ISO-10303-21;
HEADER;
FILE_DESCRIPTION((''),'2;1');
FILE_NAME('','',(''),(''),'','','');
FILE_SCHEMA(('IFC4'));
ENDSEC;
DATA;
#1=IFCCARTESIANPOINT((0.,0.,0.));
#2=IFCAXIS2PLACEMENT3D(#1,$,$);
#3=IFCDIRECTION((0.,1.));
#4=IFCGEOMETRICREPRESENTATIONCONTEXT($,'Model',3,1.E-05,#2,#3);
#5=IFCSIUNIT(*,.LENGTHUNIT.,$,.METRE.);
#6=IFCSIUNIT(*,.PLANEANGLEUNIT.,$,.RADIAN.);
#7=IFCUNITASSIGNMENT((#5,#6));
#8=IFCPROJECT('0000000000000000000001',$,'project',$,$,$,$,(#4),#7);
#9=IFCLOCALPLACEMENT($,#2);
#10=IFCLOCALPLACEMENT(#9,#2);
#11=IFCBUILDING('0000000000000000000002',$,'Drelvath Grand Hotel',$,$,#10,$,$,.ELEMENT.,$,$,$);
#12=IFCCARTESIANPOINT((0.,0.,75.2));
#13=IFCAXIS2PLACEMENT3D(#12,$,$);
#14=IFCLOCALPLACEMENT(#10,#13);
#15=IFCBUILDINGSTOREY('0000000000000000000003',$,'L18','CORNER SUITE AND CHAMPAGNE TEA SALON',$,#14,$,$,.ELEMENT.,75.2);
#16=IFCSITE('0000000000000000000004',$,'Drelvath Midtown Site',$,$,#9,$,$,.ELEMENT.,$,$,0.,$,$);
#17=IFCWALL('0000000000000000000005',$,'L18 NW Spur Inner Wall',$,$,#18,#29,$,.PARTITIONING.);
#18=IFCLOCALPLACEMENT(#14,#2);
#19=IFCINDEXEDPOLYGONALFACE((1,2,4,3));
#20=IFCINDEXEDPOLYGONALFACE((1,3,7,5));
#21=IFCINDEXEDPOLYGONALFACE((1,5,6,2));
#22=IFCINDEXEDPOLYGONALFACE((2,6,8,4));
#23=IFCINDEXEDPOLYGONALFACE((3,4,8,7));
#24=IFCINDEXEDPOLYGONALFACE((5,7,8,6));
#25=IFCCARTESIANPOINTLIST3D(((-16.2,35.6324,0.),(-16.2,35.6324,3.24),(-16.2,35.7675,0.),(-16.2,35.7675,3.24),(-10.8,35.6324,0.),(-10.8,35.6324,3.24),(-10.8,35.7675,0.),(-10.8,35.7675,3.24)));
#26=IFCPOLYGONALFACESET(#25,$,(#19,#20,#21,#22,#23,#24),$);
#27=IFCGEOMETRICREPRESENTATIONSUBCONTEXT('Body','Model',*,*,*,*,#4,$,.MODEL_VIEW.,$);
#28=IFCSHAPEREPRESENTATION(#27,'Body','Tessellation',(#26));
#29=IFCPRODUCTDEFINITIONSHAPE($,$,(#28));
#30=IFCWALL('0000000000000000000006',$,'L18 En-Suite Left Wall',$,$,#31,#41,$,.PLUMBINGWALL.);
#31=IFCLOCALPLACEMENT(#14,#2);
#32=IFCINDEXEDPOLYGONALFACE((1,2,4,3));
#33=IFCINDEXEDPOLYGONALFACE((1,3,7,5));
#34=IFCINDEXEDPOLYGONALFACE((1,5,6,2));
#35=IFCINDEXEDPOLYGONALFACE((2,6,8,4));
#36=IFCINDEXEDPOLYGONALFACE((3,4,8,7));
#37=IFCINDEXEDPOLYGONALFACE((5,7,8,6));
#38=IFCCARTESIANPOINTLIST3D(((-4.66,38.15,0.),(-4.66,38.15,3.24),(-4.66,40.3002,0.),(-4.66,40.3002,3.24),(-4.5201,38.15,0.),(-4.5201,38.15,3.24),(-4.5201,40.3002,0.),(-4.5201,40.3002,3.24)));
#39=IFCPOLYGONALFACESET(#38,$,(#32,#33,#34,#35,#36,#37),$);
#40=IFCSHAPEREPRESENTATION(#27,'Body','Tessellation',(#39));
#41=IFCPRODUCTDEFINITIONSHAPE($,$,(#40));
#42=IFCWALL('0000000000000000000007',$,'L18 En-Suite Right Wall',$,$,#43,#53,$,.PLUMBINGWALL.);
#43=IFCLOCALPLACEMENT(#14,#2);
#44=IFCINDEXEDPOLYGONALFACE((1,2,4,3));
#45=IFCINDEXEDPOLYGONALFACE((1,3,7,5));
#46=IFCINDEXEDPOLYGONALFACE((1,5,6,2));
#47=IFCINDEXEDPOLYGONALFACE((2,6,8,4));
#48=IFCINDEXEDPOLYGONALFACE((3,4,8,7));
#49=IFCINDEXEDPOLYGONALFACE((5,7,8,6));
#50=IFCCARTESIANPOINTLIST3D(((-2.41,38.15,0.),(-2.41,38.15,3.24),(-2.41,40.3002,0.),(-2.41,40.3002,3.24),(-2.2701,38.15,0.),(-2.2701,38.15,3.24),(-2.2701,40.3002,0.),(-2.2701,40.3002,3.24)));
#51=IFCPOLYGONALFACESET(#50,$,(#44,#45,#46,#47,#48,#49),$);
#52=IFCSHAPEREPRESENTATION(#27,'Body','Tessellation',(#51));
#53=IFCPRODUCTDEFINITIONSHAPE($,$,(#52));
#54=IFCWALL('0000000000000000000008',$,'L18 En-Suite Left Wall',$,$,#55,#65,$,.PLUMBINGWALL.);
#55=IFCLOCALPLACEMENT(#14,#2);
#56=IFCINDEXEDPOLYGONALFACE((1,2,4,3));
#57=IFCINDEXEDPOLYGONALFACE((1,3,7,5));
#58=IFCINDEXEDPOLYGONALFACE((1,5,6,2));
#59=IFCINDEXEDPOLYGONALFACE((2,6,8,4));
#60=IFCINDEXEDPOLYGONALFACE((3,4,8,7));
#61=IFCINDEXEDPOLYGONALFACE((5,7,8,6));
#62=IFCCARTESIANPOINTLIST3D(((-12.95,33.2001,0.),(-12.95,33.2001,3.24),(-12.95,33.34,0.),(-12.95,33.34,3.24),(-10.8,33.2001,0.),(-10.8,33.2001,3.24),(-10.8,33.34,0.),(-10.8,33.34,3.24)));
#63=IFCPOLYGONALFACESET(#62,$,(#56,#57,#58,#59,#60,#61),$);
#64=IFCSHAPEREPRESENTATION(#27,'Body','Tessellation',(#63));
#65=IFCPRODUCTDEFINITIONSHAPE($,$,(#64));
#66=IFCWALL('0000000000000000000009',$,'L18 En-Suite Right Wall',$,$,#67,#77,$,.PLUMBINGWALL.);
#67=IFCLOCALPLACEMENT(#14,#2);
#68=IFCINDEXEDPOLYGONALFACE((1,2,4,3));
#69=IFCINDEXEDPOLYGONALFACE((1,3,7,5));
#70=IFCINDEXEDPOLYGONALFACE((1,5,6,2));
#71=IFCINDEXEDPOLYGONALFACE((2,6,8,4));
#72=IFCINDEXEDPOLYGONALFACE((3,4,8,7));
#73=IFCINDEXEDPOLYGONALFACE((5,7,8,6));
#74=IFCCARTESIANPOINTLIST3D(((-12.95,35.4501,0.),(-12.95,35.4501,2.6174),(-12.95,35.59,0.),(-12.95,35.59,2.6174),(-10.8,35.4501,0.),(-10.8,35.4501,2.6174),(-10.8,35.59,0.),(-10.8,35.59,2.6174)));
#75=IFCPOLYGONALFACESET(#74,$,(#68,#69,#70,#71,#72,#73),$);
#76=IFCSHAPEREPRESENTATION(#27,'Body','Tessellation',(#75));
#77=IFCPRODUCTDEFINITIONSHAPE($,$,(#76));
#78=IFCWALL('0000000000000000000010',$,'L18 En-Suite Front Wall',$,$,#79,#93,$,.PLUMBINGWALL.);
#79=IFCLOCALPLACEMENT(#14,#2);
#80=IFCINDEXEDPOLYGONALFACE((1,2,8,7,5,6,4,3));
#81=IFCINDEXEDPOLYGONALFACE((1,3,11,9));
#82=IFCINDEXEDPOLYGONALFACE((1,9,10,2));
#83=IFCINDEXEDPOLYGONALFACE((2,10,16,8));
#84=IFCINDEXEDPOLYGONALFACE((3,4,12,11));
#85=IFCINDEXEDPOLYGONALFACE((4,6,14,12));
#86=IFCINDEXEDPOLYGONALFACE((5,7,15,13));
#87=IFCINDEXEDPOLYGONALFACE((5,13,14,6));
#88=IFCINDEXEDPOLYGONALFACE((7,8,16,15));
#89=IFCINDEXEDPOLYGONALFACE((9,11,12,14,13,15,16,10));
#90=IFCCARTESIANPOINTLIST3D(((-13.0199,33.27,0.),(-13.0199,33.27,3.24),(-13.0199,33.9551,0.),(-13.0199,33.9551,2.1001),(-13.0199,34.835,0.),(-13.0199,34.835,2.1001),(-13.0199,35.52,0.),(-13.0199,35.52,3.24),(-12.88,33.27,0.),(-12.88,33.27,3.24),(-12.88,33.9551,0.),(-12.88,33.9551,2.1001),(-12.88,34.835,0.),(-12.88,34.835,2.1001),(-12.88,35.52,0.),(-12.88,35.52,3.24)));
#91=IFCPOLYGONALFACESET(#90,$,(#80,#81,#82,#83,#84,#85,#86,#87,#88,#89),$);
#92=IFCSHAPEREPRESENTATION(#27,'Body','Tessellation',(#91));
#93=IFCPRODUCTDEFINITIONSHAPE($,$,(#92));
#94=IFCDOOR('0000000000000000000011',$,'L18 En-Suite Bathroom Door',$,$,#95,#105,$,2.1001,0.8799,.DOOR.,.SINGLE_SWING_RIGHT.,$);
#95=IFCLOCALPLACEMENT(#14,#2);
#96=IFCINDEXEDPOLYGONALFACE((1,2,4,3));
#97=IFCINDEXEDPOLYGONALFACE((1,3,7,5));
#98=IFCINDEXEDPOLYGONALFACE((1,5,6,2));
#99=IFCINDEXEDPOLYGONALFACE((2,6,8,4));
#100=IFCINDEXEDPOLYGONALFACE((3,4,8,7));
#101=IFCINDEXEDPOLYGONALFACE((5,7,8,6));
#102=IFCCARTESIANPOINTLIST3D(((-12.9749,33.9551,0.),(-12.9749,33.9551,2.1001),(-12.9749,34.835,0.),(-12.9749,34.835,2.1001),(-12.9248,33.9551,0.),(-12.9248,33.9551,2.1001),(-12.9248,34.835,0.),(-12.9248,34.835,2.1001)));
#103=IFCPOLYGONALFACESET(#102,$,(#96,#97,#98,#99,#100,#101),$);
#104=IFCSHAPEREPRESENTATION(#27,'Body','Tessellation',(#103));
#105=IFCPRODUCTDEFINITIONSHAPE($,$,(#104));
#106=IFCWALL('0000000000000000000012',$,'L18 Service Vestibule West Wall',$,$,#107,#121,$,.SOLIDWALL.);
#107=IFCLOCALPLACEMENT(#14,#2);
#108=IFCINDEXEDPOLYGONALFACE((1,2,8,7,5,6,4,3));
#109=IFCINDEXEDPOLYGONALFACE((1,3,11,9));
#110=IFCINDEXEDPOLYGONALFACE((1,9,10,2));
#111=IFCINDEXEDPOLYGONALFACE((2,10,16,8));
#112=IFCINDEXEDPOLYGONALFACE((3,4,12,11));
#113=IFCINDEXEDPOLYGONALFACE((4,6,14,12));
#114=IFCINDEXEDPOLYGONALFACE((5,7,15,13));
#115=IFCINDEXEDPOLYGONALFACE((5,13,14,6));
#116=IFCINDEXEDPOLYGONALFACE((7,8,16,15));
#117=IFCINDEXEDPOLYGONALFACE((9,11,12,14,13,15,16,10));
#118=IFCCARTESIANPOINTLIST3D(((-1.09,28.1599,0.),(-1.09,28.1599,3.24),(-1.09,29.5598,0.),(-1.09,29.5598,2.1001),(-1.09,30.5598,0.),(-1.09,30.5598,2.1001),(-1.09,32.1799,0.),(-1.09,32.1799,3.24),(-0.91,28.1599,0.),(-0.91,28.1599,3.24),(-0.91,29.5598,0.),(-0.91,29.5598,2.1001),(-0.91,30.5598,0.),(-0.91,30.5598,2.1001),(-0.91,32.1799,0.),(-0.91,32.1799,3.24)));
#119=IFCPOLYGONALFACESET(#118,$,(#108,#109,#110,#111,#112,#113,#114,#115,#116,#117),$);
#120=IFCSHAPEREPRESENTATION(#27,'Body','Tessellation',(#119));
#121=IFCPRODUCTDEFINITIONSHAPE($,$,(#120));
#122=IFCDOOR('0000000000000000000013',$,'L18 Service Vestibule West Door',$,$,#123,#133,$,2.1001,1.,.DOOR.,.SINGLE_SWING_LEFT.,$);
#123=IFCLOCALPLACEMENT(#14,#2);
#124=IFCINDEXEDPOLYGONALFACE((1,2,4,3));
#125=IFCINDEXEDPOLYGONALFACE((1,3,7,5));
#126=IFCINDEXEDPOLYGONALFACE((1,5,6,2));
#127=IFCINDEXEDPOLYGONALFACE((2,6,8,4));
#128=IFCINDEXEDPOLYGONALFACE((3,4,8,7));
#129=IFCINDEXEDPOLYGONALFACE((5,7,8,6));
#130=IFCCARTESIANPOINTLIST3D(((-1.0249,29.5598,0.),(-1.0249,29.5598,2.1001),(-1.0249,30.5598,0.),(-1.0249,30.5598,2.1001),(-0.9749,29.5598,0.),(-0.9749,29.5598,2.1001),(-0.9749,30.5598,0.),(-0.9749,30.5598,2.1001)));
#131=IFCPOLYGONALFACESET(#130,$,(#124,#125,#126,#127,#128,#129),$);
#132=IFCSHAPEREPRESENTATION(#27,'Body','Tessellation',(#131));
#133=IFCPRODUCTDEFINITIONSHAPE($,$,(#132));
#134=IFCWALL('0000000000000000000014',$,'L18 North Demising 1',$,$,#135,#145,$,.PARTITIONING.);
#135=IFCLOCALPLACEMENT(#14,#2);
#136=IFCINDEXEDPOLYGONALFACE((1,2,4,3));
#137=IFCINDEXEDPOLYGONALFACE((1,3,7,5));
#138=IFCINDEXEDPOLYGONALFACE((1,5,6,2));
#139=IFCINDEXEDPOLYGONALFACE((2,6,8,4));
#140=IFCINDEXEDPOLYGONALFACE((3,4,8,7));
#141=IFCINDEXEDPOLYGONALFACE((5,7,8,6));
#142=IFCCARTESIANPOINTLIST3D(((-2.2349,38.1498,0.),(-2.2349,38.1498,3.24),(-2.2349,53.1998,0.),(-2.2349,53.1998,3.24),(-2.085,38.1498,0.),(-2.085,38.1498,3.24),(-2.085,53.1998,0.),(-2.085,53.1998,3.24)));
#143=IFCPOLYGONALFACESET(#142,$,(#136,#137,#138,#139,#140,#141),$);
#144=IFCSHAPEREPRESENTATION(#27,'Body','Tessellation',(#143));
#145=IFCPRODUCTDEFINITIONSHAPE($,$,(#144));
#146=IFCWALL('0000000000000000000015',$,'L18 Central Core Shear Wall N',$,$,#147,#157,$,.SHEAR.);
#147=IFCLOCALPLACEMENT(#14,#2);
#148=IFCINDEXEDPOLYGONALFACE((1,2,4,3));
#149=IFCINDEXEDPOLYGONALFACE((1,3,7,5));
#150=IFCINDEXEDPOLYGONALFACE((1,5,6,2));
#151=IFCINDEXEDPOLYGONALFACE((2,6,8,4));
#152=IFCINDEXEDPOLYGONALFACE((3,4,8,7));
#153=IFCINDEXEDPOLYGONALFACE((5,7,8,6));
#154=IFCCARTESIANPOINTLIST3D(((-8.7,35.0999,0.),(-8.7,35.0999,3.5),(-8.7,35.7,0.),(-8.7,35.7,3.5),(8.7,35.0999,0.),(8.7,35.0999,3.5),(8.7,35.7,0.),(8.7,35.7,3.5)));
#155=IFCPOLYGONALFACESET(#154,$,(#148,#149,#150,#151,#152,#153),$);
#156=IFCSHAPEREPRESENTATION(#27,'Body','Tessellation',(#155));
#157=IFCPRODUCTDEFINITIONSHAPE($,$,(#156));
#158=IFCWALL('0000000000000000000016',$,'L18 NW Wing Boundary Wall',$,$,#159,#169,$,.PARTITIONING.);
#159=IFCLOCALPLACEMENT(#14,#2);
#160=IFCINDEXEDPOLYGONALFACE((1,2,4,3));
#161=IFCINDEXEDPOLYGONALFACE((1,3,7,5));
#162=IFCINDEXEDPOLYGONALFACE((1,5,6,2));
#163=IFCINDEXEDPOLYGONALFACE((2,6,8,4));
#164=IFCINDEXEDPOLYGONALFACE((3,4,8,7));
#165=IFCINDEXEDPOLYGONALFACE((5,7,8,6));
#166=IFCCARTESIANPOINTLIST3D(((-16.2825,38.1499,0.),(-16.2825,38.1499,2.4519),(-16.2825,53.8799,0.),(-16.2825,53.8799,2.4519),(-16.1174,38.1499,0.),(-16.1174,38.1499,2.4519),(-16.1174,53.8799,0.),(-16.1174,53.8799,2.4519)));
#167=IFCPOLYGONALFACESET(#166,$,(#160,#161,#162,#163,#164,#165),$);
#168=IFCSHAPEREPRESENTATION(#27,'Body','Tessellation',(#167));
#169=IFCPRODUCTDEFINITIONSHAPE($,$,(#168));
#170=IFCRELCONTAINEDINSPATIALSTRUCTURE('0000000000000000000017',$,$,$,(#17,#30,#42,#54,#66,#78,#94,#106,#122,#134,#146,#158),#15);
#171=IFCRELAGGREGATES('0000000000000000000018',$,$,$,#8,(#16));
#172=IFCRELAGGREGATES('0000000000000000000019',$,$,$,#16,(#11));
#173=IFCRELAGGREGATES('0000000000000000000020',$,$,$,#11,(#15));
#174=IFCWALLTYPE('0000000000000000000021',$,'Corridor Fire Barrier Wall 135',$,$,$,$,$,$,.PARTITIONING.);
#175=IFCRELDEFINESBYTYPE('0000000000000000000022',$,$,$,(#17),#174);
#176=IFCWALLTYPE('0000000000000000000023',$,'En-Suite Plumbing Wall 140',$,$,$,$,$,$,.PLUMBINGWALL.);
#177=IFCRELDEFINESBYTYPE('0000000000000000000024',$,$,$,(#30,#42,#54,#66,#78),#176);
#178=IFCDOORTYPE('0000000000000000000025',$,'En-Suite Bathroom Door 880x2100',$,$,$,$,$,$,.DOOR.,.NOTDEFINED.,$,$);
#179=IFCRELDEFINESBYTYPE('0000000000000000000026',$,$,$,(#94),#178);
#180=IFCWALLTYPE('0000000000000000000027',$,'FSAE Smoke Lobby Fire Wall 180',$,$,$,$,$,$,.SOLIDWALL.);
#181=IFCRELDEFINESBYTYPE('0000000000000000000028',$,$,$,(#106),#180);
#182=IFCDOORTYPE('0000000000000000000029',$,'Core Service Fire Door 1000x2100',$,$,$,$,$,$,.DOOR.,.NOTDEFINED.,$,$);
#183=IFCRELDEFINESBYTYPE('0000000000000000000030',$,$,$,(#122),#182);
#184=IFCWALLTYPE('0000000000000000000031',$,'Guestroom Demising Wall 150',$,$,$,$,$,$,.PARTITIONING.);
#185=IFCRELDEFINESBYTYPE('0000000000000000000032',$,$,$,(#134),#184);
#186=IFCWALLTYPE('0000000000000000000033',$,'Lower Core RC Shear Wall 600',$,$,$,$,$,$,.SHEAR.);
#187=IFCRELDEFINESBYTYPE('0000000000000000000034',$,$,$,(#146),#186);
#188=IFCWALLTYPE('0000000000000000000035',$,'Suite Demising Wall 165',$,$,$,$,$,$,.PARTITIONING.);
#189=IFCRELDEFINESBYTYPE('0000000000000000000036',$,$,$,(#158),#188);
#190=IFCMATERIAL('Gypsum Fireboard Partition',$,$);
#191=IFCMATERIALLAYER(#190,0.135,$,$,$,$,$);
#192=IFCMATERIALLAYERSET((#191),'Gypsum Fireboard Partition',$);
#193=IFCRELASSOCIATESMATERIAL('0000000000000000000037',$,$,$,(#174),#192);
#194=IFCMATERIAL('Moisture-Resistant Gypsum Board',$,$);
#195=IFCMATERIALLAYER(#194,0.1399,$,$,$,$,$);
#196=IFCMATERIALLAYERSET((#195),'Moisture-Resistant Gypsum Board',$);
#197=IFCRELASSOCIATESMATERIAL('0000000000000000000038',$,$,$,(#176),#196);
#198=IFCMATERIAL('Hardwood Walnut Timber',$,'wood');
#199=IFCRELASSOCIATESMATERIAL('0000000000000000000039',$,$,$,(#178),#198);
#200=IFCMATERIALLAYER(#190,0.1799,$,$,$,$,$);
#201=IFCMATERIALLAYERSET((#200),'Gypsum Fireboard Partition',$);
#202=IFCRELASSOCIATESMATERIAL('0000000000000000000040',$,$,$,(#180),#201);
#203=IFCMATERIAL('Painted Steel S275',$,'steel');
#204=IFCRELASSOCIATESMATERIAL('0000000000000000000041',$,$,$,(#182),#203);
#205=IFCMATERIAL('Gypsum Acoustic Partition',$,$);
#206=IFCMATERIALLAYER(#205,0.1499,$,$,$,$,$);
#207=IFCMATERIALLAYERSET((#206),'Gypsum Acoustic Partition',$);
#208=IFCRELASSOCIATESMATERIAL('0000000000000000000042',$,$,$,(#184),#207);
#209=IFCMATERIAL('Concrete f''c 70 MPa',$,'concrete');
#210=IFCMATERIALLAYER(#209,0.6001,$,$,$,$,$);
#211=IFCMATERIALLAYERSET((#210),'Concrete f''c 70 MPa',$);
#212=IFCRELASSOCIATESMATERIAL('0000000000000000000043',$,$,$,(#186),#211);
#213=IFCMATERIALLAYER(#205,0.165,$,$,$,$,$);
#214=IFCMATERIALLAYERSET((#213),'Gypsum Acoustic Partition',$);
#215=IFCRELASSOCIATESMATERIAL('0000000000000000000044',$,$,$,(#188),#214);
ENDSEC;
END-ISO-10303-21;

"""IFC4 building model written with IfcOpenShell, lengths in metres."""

from ifc_helpers import new_model, si_unit, direction, frame, frame_2d, origin, place, context, subcontext, project, spatial, rectangle, extrude, material, layer, layer_set, type_object, element, fill, save


model = new_model("IFC4")

# Units and contexts
model_context = context("Model", 3, precision=1e-05, world=origin(), true_north=direction((0.0, 1.0)))
body_context = subcontext(model_context, "Body", "Model", "MODEL_VIEW")
ifc_project = project(units=[si_unit("LENGTHUNIT", "METRE"), si_unit("PLANEANGLEUNIT", "RADIAN")], contexts=[model_context])

# Site, building, storey
site_placement = place(None, origin())
site = spatial("IfcSite", under=ifc_project, at=site_placement, Name="Drelvath Midtown Site", CompositionType="ELEMENT", RefElevation=0.0)
building_placement = place(site_placement, origin())
building = spatial("IfcBuilding", under=site, at=building_placement, Name="Drelvath Grand Hotel", CompositionType="ELEMENT")
storey_placement = place(building_placement, frame((0.0, 0.0, 75.2)))
storey = spatial("IfcBuildingStorey", under=building, at=storey_placement, Name="L18", Description="CORNER SUITE AND CHAMPAGNE TEA SALON", CompositionType="ELEMENT", Elevation=75.2)

# Shared definitions
ifc_material_1 = material(Name="Concrete f'c 70 MPa", Category="concrete")

# Shared definitions
ifc_material_2 = material(Name="Gypsum Fireboard Partition")

# Shared definitions
ifc_layer_1 = layer(ifc_material_2, 0.135)
ifc_layer_set_1 = layer_set([ifc_layer_1], Name="Gypsum Fireboard Partition")
wall_type_1 = type_object("IfcWallType", Name="Corridor Fire Barrier Wall 135", PredefinedType="PARTITIONING", material=ifc_layer_set_1)
ifc_material_3 = material(Name="Hardwood Walnut Timber", Category="wood")

# Wall
wall_1_placement = place(storey_placement, frame((-16.2, 35.7, 0.0), z_axis=(0.0, 0.0, 1.0), x_axis=(1.0, 0.0, 0.0)))
element("IfcWall", 1, at=wall_1_placement, inside=storey, type_object=wall_type_1, Name="L18 NW Spur Inner Wall", PredefinedType="PARTITIONING", context=body_context, shape_type="SweptSolid", body=[
    extrude(rectangle(XDim=5.3999, YDim=0.135, at=frame_2d((2.7, 0.0))), origin(), (0.0, 0.0, 1.0), 3.24),
])

# Walls
ifc_material_4 = material(Name="Moisture-Resistant Gypsum Board")
ifc_layer_2 = layer(ifc_material_4, 0.1399)
ifc_layer_set_2 = layer_set([ifc_layer_2], Name="Moisture-Resistant Gypsum Board")
wall_type_2 = type_object("IfcWallType", Name="En-Suite Plumbing Wall 140", PredefinedType="PLUMBINGWALL", material=ifc_layer_set_2)
for number, where, z_axis, x_axis, name in (
    (2, (-4.5901, 38.1499, 0.0), (0.0, 0.0, 1.0), (0.0, 1.0, 0.0), "L18 En-Suite Left Wall"),
    (3, (-2.3401, 38.1499, 0.0), (0.0, 0.0, 1.0), (0.0, 1.0, 0.0), "L18 En-Suite Right Wall"),
):
    element("IfcWall", number, at=place(storey_placement, frame(where, z_axis=z_axis, x_axis=x_axis)), inside=storey, type_object=wall_type_2, Name=name, PredefinedType="PLUMBINGWALL", context=body_context, shape_type="SweptSolid", body=[
        extrude(rectangle(XDim=2.1501, YDim=0.1399, at=frame_2d((1.0752, 0.0))), origin(), (0.0, 0.0, 1.0), 3.24),
    ])
wall_2_placement = place(storey_placement, frame((-10.8, 33.27, 0.0), z_axis=(0.0, 0.0, 1.0), x_axis=(-1.0, 0.0, 0.0)))
element("IfcWall", 4, at=wall_2_placement, inside=storey, type_object=wall_type_2, Name="L18 En-Suite Left Wall", PredefinedType="PLUMBINGWALL", context=body_context, shape_type="SweptSolid", body=[
    extrude(rectangle(XDim=2.1499, YDim=0.1399, at=frame_2d((1.075, 0.0))), origin(), (0.0, 0.0, 1.0), 3.24),
])
wall_3_placement = place(storey_placement, frame((-10.8, 35.52, 0.0), z_axis=(0.0, 0.0, 1.0), x_axis=(-1.0, 0.0, 0.0)))
element("IfcWall", 5, at=wall_3_placement, inside=storey, type_object=wall_type_2, Name="L18 En-Suite Right Wall", PredefinedType="PLUMBINGWALL", context=body_context, shape_type="SweptSolid", body=[
    extrude(rectangle(XDim=2.1499, YDim=0.1399, at=frame_2d((1.075, 0.0))), origin(), (0.0, 0.0, 1.0), 2.6174),
])

# Walls, openings, doors
wall_4_placement = place(storey_placement, frame((-12.95, 33.27, 0.0), z_axis=(0.0, 0.0, 1.0), x_axis=(0.0, 1.0, 0.0)))
wall_4 = element("IfcWall", 6, at=wall_4_placement, inside=storey, type_object=wall_type_2, Name="L18 En-Suite Front Wall", PredefinedType="PLUMBINGWALL", context=body_context, shape_type="SweptSolid", body=[
    extrude(rectangle(XDim=2.25, YDim=0.1399, at=frame_2d((1.125, 0.0))), origin(), (0.0, 0.0, 1.0), 3.24),
])
opening_1_placement = place(wall_4_placement, frame((0.6851, 0.0, 0.0)))
opening_1 = element("IfcOpeningElement", 7, at=opening_1_placement, cuts=wall_4, PredefinedType="OPENING", context=body_context, shape_type="SweptSolid", body=[
    extrude(rectangle(XDim=0.8799, YDim=2.1001, at=frame_2d((0.4399, 1.05))), frame((0.0, 0.0798, 0.0), z_axis=(0.0, -1.0, 0.0), x_axis=(1.0, 0.0, 0.0)), (0.0, 0.0, 1.0), 0.1599),
])
door_type_1 = type_object("IfcDoorType", Name="En-Suite Bathroom Door 880x2100", OperationType="NOTDEFINED", PredefinedType="DOOR", material=ifc_material_3)
door_1_placement = place(opening_1_placement, origin())
door_1 = element("IfcDoor", 8, at=door_1_placement, inside=storey, type_object=door_type_1, Name="L18 En-Suite Bathroom Door", OperationType="SINGLE_SWING_RIGHT", OverallHeight=2.1001, OverallWidth=0.8799, PredefinedType="DOOR", context=body_context, shape_type="SweptSolid", body=[
    extrude(rectangle(XDim=0.8799, YDim=2.1001, at=frame_2d((0.4399, 1.05))), frame((0.0, 0.0249, 0.0), z_axis=(0.0, -1.0, 0.0), x_axis=(1.0, 0.0, 0.0)), (0.0, 0.0, 1.0), 0.05),
])
fill(opening_1, door_1)
ifc_layer_3 = layer(ifc_material_2, 0.1799)
ifc_layer_set_3 = layer_set([ifc_layer_3], Name="Gypsum Fireboard Partition")
wall_type_3 = type_object("IfcWallType", Name="FSAE Smoke Lobby Fire Wall 180", PredefinedType="SOLIDWALL", material=ifc_layer_set_3)
wall_5_placement = place(storey_placement, frame((-1.0, 28.1599, 0.0), z_axis=(0.0, 0.0, 1.0), x_axis=(0.0, 1.0, 0.0)))
wall_5 = element("IfcWall", 9, at=wall_5_placement, inside=storey, type_object=wall_type_3, Name="L18 Service Vestibule West Wall", PredefinedType="SOLIDWALL", context=body_context, shape_type="SweptSolid", body=[
    extrude(rectangle(XDim=4.02, YDim=0.1799, at=frame_2d((2.01, 0.0))), origin(), (0.0, 0.0, 1.0), 3.24),
])
opening_2_placement = place(wall_5_placement, frame((1.3999, 0.0, 0.0)))
opening_2 = element("IfcOpeningElement", 10, at=opening_2_placement, cuts=wall_5, PredefinedType="OPENING", context=body_context, shape_type="SweptSolid", body=[
    extrude(rectangle(XDim=1.0, YDim=2.1001, at=frame_2d((0.5, 1.05))), frame((0.0, 0.0999, 0.0), z_axis=(0.0, -1.0, 0.0), x_axis=(1.0, 0.0, 0.0)), (0.0, 0.0, 1.0), 0.2),
])
ifc_material_5 = material(Name="Painted Steel S275", Category="steel")
door_type_2 = type_object("IfcDoorType", Name="Core Service Fire Door 1000x2100", OperationType="NOTDEFINED", PredefinedType="DOOR", material=ifc_material_5)
door_2_placement = place(opening_2_placement, origin())
door_2 = element("IfcDoor", 11, at=door_2_placement, inside=storey, type_object=door_type_2, Name="L18 Service Vestibule West Door", OperationType="SINGLE_SWING_LEFT", OverallHeight=2.1001, OverallWidth=1.0, PredefinedType="DOOR", context=body_context, shape_type="SweptSolid", body=[
    extrude(rectangle(XDim=1.0, YDim=2.1001, at=frame_2d((0.5, 1.05))), frame((0.0, 0.0249, 0.0), z_axis=(0.0, -1.0, 0.0), x_axis=(1.0, 0.0, 0.0)), (0.0, 0.0, 1.0), 0.05),
])
fill(opening_2, door_2)

# Walls
ifc_material_6 = material(Name="Gypsum Acoustic Partition")
ifc_layer_4 = layer(ifc_material_6, 0.1499)
ifc_layer_set_4 = layer_set([ifc_layer_4], Name="Gypsum Acoustic Partition")
wall_type_4 = type_object("IfcWallType", Name="Guestroom Demising Wall 150", PredefinedType="PARTITIONING", material=ifc_layer_set_4)
wall_6_placement = place(storey_placement, frame((-2.1599, 38.1499, 0.0), z_axis=(0.0, 0.0, 1.0), x_axis=(0.0, 1.0, 0.0)))
element("IfcWall", 12, at=wall_6_placement, inside=storey, type_object=wall_type_4, Name="L18 North Demising 1", PredefinedType="PARTITIONING", context=body_context, shape_type="SweptSolid", body=[
    extrude(rectangle(XDim=15.05, YDim=0.1499, at=frame_2d((7.5249, 0.0))), origin(), (0.0, 0.0, 1.0), 3.24),
])
ifc_layer_5 = layer(ifc_material_1, 0.6001)
ifc_layer_set_5 = layer_set([ifc_layer_5], Name="Concrete f'c 70 MPa")
wall_type_5 = type_object("IfcWallType", Name="Lower Core RC Shear Wall 600", PredefinedType="SHEAR", material=ifc_layer_set_5)
wall_7_placement = place(storey_placement, frame((-8.7, 35.3999, 0.0), z_axis=(0.0, 0.0, 1.0), x_axis=(1.0, 0.0, 0.0)))
element("IfcWall", 13, at=wall_7_placement, inside=storey, type_object=wall_type_5, Name="L18 Central Core Shear Wall N", PredefinedType="SHEAR", context=body_context, shape_type="SweptSolid", body=[
    extrude(rectangle(XDim=17.3999, YDim=0.6001, at=frame_2d((8.7, 0.0))), origin(), (0.0, 0.0, 1.0), 3.5),
])
ifc_layer_6 = layer(ifc_material_6, 0.165)
ifc_layer_set_6 = layer_set([ifc_layer_6], Name="Gypsum Acoustic Partition")
wall_type_6 = type_object("IfcWallType", Name="Suite Demising Wall 165", PredefinedType="PARTITIONING", material=ifc_layer_set_6)
wall_8_placement = place(storey_placement, frame((-16.2, 38.1499, 0.0), z_axis=(0.0, 0.0, 1.0), x_axis=(0.0, 1.0, 0.0)))
element("IfcWall", 14, at=wall_8_placement, inside=storey, type_object=wall_type_6, Name="L18 NW Wing Boundary Wall", PredefinedType="PARTITIONING", context=body_context, shape_type="SweptSolid", body=[
    extrude(rectangle(XDim=15.73, YDim=0.165, at=frame_2d((7.865, 0.0))), origin(), (0.0, 0.0, 1.0), 2.4519),
])

save(model, "model.ifc")
